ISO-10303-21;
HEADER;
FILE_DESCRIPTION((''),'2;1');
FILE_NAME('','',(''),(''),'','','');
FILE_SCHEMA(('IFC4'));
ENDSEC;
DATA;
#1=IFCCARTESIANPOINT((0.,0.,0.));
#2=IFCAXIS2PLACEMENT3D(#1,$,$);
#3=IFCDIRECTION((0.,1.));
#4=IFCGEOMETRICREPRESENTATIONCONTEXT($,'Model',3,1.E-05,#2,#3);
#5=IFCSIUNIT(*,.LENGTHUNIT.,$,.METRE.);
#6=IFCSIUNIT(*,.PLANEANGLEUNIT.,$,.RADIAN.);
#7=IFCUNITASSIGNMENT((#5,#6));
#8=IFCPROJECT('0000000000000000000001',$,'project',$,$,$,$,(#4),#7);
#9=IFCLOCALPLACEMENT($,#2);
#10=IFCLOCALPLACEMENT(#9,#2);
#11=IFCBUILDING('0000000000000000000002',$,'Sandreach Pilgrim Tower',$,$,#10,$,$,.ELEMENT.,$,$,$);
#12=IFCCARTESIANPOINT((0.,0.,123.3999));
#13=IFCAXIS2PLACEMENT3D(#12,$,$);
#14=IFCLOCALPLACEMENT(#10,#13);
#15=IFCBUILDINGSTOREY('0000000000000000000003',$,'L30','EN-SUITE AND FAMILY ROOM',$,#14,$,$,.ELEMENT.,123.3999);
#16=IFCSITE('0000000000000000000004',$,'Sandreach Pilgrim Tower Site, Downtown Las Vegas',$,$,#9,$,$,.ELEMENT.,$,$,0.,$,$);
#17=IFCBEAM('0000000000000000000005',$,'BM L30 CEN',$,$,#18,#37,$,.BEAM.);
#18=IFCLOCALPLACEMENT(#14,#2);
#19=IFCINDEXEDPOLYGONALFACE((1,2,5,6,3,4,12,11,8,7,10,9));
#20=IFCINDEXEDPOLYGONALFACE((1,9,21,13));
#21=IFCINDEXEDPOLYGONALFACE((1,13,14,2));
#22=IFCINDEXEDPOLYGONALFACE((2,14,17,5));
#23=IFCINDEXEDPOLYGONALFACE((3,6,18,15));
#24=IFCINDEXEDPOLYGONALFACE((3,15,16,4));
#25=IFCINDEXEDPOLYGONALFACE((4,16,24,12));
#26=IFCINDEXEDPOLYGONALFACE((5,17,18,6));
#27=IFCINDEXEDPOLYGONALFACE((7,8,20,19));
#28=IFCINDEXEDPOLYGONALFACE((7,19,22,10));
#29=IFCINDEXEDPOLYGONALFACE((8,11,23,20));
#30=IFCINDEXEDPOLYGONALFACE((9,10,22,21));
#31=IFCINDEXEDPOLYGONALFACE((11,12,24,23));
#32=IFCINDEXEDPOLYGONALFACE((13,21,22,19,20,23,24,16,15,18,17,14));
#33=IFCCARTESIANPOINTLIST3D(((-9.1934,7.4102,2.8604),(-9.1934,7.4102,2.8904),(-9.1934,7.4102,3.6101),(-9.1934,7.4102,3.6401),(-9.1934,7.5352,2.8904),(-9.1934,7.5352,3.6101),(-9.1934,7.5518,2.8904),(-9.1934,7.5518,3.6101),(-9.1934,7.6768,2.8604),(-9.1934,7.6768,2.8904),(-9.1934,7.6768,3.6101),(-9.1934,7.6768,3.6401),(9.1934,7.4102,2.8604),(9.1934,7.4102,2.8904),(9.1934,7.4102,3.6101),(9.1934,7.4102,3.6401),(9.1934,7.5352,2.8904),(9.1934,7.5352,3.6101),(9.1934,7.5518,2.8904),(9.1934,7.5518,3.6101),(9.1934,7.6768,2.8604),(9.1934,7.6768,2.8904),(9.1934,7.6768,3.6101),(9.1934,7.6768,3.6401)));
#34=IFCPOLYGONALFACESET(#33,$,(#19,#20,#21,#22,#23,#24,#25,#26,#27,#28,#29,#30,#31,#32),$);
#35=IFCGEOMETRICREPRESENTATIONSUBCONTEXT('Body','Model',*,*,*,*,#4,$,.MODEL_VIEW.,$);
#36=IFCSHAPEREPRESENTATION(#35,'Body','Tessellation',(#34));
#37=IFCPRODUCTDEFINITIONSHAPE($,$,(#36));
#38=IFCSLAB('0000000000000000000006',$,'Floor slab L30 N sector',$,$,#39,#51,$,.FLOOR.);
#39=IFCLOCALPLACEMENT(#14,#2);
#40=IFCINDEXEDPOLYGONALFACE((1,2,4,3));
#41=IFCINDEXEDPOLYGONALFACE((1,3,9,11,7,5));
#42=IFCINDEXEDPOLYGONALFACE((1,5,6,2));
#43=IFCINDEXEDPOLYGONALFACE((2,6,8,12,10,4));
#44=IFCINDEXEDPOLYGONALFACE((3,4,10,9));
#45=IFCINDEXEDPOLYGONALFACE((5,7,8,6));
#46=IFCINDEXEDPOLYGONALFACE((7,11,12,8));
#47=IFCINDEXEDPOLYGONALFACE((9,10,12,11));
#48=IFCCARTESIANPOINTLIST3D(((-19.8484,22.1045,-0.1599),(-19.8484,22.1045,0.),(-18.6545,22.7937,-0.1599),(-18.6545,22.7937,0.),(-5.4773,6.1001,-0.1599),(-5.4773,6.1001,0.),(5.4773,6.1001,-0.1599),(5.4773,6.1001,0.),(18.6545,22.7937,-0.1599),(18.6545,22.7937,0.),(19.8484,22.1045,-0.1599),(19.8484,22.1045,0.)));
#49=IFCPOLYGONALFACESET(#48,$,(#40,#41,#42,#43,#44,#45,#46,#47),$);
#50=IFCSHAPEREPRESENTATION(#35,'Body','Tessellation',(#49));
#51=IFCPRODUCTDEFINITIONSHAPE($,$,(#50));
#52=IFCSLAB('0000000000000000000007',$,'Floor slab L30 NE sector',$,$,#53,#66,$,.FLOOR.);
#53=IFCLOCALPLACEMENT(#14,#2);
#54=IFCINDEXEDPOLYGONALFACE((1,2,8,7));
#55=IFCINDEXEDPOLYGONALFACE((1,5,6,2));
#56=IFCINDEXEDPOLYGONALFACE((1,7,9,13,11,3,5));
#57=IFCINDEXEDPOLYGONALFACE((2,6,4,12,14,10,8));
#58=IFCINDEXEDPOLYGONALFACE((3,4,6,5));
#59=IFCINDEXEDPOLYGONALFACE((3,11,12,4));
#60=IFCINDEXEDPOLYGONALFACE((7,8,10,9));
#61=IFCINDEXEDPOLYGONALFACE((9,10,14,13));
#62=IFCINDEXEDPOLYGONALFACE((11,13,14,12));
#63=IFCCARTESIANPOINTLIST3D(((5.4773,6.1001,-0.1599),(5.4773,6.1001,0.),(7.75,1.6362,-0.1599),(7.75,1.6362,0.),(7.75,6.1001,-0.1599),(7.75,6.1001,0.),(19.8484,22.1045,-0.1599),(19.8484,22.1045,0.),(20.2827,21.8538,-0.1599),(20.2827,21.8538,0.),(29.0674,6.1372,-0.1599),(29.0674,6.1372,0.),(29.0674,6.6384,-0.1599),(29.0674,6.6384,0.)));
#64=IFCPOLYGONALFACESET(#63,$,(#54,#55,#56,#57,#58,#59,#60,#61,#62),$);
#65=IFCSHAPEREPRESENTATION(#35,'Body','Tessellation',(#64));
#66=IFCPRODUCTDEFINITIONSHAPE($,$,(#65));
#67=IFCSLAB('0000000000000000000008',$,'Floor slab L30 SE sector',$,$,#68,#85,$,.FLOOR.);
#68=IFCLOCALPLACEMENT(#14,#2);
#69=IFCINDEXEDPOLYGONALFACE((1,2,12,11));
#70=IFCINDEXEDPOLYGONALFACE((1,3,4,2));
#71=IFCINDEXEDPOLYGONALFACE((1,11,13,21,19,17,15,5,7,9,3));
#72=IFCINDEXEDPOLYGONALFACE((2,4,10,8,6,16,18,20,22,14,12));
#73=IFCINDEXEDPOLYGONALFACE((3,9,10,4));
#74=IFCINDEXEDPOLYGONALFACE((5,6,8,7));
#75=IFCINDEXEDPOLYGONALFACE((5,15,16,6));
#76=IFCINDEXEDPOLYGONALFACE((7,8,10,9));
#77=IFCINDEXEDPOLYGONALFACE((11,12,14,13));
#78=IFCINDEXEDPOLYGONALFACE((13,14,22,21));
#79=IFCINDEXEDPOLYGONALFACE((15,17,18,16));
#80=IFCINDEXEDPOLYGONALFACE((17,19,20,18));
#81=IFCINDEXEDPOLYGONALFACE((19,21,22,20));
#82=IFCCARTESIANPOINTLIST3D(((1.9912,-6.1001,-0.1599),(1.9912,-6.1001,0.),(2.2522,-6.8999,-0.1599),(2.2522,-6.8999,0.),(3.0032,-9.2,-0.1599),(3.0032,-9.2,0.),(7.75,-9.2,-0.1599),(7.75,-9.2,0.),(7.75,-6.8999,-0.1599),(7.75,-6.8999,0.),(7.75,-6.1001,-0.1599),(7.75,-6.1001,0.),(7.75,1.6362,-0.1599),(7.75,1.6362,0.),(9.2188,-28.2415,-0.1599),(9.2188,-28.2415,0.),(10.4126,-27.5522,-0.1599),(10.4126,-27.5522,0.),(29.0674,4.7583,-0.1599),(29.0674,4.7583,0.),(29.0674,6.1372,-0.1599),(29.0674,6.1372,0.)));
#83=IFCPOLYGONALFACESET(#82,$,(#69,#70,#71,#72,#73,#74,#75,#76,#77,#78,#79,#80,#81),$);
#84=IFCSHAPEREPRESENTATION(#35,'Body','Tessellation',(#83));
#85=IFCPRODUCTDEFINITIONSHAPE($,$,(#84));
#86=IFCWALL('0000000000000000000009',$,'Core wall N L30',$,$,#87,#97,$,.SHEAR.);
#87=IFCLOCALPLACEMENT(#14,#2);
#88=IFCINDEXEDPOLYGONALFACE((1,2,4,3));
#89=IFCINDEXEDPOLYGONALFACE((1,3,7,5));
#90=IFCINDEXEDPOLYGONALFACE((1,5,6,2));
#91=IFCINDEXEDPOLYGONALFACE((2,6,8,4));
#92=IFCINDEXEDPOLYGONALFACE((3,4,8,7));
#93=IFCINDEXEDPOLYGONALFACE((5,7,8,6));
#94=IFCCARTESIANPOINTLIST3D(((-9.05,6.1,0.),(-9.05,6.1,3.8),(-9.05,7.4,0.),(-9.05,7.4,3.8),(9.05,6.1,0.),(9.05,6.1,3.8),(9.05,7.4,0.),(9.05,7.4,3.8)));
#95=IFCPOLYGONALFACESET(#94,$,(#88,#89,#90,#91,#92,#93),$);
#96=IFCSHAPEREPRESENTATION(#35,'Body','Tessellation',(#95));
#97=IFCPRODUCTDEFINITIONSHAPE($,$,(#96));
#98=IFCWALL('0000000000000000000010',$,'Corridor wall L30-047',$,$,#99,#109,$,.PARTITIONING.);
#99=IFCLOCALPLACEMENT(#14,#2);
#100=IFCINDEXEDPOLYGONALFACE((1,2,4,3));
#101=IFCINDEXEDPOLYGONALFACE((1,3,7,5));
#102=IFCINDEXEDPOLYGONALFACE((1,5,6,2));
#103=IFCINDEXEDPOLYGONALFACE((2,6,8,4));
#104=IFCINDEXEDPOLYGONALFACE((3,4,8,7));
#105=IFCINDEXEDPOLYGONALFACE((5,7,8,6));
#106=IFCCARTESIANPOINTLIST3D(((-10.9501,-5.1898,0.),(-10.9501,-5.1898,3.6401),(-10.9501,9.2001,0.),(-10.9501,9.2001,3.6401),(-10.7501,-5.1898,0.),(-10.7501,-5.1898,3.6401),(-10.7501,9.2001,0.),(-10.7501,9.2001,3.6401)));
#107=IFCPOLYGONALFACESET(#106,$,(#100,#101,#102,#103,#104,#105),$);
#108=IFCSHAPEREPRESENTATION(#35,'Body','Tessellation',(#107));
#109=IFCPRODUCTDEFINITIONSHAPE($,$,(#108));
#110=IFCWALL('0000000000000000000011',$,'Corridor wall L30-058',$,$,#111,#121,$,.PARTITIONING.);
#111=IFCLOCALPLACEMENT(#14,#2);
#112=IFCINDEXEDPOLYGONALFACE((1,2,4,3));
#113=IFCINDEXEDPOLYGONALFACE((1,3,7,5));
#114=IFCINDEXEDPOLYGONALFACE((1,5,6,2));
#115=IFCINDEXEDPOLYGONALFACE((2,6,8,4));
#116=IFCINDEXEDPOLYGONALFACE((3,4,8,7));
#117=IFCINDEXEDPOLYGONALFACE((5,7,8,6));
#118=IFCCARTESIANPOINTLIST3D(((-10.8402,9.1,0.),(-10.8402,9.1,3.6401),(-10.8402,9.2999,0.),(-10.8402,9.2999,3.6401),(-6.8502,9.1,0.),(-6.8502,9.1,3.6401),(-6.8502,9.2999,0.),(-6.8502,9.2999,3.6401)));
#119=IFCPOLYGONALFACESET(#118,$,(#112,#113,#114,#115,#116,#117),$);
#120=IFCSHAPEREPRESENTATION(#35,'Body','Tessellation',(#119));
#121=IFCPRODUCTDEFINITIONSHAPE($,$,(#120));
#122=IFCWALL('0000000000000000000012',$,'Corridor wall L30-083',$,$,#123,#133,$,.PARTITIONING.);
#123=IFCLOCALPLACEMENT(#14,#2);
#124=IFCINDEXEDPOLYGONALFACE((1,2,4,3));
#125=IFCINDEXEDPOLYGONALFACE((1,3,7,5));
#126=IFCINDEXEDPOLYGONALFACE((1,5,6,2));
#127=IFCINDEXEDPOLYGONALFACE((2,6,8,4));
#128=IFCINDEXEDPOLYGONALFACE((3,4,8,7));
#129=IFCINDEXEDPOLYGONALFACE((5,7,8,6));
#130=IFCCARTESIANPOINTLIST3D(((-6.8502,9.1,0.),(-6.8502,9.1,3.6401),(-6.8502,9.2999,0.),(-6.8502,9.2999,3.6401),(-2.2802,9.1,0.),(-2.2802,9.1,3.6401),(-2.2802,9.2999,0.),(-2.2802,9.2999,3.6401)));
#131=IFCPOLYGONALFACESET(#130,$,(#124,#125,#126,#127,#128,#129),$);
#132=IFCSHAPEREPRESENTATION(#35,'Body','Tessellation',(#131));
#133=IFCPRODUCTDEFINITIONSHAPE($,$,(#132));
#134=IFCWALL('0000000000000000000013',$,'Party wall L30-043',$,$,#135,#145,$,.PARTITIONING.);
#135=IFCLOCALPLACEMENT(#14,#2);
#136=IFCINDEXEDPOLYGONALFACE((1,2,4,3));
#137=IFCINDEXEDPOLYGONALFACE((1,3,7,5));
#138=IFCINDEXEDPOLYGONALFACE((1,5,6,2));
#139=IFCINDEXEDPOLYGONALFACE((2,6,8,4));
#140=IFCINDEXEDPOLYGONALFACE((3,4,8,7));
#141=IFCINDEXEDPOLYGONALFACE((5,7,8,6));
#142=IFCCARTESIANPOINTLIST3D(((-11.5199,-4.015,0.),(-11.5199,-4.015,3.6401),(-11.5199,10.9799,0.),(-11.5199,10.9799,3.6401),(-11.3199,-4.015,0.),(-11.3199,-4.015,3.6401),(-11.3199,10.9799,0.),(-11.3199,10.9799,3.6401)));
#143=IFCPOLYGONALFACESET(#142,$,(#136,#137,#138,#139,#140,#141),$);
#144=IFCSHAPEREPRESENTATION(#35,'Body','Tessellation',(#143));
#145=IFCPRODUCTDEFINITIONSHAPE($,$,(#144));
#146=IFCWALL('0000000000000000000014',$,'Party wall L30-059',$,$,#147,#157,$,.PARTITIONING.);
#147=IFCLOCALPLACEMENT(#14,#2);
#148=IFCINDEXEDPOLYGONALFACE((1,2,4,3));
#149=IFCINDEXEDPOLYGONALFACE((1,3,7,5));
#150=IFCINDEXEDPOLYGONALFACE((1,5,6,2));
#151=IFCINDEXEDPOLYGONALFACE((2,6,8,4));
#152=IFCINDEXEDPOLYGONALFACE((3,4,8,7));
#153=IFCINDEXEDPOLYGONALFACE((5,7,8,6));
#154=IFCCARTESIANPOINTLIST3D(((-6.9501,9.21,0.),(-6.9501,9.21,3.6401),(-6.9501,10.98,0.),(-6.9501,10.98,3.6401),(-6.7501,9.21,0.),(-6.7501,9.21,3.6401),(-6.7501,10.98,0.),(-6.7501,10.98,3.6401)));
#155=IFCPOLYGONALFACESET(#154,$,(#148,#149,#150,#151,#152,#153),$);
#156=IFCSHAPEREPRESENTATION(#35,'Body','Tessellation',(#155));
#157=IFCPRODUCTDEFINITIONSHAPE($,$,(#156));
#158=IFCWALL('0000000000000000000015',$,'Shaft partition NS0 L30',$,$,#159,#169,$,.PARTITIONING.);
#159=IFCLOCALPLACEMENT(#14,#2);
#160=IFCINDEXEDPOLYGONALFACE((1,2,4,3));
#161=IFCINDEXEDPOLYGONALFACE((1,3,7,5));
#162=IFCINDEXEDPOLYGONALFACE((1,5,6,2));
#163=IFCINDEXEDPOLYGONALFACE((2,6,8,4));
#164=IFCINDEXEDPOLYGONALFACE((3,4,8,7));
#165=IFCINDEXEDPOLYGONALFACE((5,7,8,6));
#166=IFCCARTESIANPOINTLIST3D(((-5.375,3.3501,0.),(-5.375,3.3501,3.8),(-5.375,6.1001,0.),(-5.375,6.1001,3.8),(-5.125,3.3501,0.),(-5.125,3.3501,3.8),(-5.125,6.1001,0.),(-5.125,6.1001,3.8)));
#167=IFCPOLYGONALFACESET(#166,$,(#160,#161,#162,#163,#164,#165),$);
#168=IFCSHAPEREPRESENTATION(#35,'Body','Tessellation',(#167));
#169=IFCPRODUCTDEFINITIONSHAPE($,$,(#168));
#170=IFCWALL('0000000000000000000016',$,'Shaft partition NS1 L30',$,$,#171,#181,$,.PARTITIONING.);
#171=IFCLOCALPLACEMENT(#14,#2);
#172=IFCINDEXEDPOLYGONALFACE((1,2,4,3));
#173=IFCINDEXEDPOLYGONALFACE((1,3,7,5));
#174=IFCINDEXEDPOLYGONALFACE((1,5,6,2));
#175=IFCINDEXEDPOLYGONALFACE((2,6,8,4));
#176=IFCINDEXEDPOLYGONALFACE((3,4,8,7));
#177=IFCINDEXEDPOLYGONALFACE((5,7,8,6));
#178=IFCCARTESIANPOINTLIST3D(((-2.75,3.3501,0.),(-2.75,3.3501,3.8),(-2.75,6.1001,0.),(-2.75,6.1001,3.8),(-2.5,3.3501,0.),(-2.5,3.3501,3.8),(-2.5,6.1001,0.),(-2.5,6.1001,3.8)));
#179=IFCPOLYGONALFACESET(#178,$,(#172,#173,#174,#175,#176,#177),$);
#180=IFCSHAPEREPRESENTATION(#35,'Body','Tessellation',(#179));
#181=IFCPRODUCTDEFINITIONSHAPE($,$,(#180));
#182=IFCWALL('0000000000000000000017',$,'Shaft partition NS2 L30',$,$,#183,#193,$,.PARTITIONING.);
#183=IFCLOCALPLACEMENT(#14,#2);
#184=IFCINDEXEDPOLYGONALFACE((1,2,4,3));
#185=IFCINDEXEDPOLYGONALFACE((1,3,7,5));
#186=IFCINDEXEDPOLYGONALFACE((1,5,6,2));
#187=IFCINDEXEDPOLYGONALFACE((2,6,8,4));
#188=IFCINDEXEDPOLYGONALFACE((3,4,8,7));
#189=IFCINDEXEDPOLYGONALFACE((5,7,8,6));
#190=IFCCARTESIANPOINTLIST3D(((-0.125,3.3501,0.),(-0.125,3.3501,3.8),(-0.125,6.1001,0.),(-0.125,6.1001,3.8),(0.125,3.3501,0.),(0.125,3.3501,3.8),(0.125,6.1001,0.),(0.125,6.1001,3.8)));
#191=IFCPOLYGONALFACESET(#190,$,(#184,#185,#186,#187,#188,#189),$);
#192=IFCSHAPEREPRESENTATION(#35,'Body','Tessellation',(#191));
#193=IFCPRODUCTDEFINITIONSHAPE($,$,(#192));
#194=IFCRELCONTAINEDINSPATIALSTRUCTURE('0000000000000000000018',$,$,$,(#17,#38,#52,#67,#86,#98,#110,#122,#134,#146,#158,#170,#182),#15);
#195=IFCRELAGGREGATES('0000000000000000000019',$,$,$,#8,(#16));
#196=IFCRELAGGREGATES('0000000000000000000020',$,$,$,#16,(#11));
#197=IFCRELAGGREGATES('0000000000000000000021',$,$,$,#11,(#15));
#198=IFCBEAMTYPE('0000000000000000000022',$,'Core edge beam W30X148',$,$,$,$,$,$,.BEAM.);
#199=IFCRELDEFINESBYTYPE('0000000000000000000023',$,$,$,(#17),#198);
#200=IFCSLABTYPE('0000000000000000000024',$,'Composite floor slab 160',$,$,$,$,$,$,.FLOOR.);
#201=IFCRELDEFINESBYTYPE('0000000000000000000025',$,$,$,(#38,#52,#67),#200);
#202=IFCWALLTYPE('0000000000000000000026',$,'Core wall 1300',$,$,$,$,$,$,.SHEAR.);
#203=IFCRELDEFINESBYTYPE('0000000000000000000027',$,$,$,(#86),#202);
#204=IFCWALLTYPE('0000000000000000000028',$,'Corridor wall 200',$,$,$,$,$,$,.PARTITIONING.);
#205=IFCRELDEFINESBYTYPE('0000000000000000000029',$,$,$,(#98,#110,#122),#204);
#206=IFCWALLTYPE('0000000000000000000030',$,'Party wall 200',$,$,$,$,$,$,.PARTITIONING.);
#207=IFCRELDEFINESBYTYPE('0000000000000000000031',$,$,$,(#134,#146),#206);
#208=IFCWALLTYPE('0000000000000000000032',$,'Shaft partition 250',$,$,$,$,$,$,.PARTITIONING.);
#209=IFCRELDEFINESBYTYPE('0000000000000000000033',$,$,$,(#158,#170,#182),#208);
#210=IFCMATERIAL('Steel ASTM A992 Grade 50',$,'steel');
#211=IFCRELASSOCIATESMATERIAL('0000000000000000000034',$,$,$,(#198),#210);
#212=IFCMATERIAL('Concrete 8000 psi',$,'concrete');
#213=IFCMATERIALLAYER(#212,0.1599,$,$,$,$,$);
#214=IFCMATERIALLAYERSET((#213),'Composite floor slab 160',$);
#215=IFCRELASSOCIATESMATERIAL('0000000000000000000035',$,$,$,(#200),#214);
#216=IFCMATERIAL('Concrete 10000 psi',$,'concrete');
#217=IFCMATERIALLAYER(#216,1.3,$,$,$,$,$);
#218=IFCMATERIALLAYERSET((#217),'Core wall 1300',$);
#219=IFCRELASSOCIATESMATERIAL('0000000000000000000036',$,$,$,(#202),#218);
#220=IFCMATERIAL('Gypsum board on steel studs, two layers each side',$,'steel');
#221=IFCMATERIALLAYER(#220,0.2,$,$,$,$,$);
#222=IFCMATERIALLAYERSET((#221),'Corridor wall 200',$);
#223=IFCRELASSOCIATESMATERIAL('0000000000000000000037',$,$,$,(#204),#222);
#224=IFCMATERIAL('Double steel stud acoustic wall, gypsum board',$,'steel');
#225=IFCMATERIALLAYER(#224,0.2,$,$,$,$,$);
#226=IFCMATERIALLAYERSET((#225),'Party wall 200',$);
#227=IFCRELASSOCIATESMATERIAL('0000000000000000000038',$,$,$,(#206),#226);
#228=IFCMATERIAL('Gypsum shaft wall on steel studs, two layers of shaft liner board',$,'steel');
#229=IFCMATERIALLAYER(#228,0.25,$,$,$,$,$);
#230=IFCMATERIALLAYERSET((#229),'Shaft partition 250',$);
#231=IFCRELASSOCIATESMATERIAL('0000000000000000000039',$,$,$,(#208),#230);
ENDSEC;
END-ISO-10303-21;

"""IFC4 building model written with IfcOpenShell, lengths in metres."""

from ifc_helpers import new_model, si_unit, direction, frame, frame_2d, origin, origin_2d, place, context, subcontext, project, spatial, polyline, rectangle, i_section, outline, extrude, material, layer, layer_set, material_profile, profile_set, type_object, element, save


model = new_model("IFC4")

# Units and contexts
model_context = context("Model", 3, precision=1e-05, world=origin(), true_north=direction((0.0, 1.0)))
body_context = subcontext(model_context, "Body", "Model", "MODEL_VIEW")
ifc_project = project(units=[si_unit("LENGTHUNIT", "METRE"), si_unit("PLANEANGLEUNIT", "RADIAN")], contexts=[model_context])

# Site, building, storey
site_placement = place(None, origin())
site = spatial("IfcSite", under=ifc_project, at=site_placement, Name="Sandreach Pilgrim Tower Site, Downtown Las Vegas", CompositionType="ELEMENT", RefElevation=0.0)
building_placement = place(site_placement, origin())
building = spatial("IfcBuilding", under=site, at=building_placement, Name="Sandreach Pilgrim Tower", CompositionType="ELEMENT")
storey_placement = place(building_placement, frame((0.0, 0.0, 123.3999)))
storey = spatial("IfcBuildingStorey", under=building, at=storey_placement, Name="L30", Description="EN-SUITE AND FAMILY ROOM", CompositionType="ELEMENT", Elevation=123.3999)

# Beam
ifc_material_1 = material(Name="Steel ASTM A992 Grade 50", Category="steel")
ifc_material_profile = material_profile(ifc_material_1, i_section(OverallWidth=0.2666, OverallDepth=0.7798, WebThickness=0.0166, FlangeThickness=0.03, at=origin_2d()), Name="W30X148")
ifc_profile_set = profile_set([ifc_material_profile], Name="Steel ASTM A992 Grade 50")
beam_type = type_object("IfcBeamType", Name="Core edge beam W30X148", PredefinedType="BEAM", material=ifc_profile_set)
beam_placement = place(storey_placement, frame((-9.1934, 7.5435, 3.2502), z_axis=(1.0, 0.0, 0.0), x_axis=(0.0, 1.0, 0.0)))
element("IfcBeam", 1, at=beam_placement, inside=storey, type_object=beam_type, Name="BM L30 CEN", PredefinedType="BEAM", context=body_context, shape_type="SweptSolid", body=[
    extrude(i_section(OverallWidth=0.2666, OverallDepth=0.7798, WebThickness=0.0166, FlangeThickness=0.03, at=origin_2d()), origin(), (0.0, 0.0, 1.0), 18.3867),
])

# Slabs
ifc_material_2 = material(Name="Concrete 8000 psi", Category="concrete")
ifc_layer_1 = layer(ifc_material_2, 0.1599)
ifc_layer_set_1 = layer_set([ifc_layer_1], Name="Composite floor slab 160")
slab_type = type_object("IfcSlabType", Name="Composite floor slab 160", PredefinedType="FLOOR", material=ifc_layer_set_1)
slab_1_placement = place(storey_placement, frame((0.0, 0.0, -0.1599)))
element("IfcSlab", 2, at=slab_1_placement, inside=storey, type_object=slab_type, Name="Floor slab L30 N sector", PredefinedType="FLOOR", context=body_context, shape_type="SweptSolid", body=[
    extrude(outline(polyline([(-18.6545, 22.7937), (18.6545, 22.7937), (19.8484, 22.1045), (5.4773, 6.1001), (-5.4773, 6.1001), (-19.8484, 22.1045), (-18.6545, 22.7937)])), origin(), (0.0, 0.0, 1.0), 0.1599),
])
slab_2_placement = place(storey_placement, frame((0.0, 0.0, -0.1599)))
element("IfcSlab", 3, at=slab_2_placement, inside=storey, type_object=slab_type, Name="Floor slab L30 NE sector", PredefinedType="FLOOR", context=body_context, shape_type="SweptSolid", body=[
    extrude(outline(polyline([(20.2827, 21.8538), (29.0674, 6.6384), (29.0674, 6.1372), (7.75, 1.6362), (7.75, 6.1001), (5.4773, 6.1001), (19.8484, 22.1045), (20.2827, 21.8538)])), origin(), (0.0, 0.0, 1.0), 0.1599),
])
slab_3_placement = place(storey_placement, frame((0.0, 0.0, -0.1599)))
element("IfcSlab", 4, at=slab_3_placement, inside=storey, type_object=slab_type, Name="Floor slab L30 SE sector", PredefinedType="FLOOR", context=body_context, shape_type="SweptSolid", body=[
    extrude(outline(polyline([(29.0674, 4.7583), (10.4126, -27.5522), (9.2188, -28.2415), (3.0032, -9.2), (7.75, -9.2), (7.75, -6.8999), (2.2522, -6.8999), (1.9912, -6.1001), (7.75, -6.1001), (7.75, 1.6362), (29.0674, 6.1372), (29.0674, 4.7583)])), origin(), (0.0, 0.0, 1.0), 0.1599),
])

# Walls
ifc_material_3 = material(Name="Concrete 10000 psi", Category="concrete")
ifc_layer_2 = layer(ifc_material_3, 1.3)
ifc_layer_set_2 = layer_set([ifc_layer_2], Name="Core wall 1300")
wall_type_1 = type_object("IfcWallType", Name="Core wall 1300", PredefinedType="SHEAR", material=ifc_layer_set_2)
wall_1_placement = place(storey_placement, frame((-9.05, 6.75, 0.0), z_axis=(0.0, 0.0, 1.0), x_axis=(1.0, 0.0, 0.0)))
element("IfcWall", 5, at=wall_1_placement, inside=storey, type_object=wall_type_1, Name="Core wall N L30", PredefinedType="SHEAR", context=body_context, shape_type="SweptSolid", body=[
    extrude(rectangle(XDim=18.1001, YDim=1.3, at=frame_2d((9.05, 0.0))), origin(), (0.0, 0.0, 1.0), 3.8),
])
ifc_material_4 = material(Name="Gypsum board on steel studs, two layers each side", Category="steel")
ifc_layer_3 = layer(ifc_material_4, 0.2)
ifc_layer_set_3 = layer_set([ifc_layer_3], Name="Corridor wall 200")
wall_type_2 = type_object("IfcWallType", Name="Corridor wall 200", PredefinedType="PARTITIONING", material=ifc_layer_set_3)
wall_2_placement = place(storey_placement, frame((-10.8501, 9.2, 0.0), z_axis=(0.0, 0.0, 1.0), x_axis=(0.0, -1.0, 0.0)))
element("IfcWall", 6, at=wall_2_placement, inside=storey, type_object=wall_type_2, Name="Corridor wall L30-047", PredefinedType="PARTITIONING", context=body_context, shape_type="SweptSolid", body=[
    extrude(rectangle(XDim=14.3899, YDim=0.2, at=frame_2d((7.1948, 0.0))), origin(), (0.0, 0.0, 1.0), 3.6401),
])
wall_3_placement = place(storey_placement, frame((-6.8501, 9.2, 0.0), z_axis=(0.0, 0.0, 1.0), x_axis=(-1.0, 0.0, 0.0)))
element("IfcWall", 7, at=wall_3_placement, inside=storey, type_object=wall_type_2, Name="Corridor wall L30-058", PredefinedType="PARTITIONING", context=body_context, shape_type="SweptSolid", body=[
    extrude(rectangle(XDim=3.99, YDim=0.2, at=frame_2d((1.9951, 0.0))), origin(), (0.0, 0.0, 1.0), 3.6401),
])
wall_4_placement = place(storey_placement, frame((-2.28, 9.2, 0.0), z_axis=(0.0, 0.0, 1.0), x_axis=(-1.0, 0.0, 0.0)))
element("IfcWall", 8, at=wall_4_placement, inside=storey, type_object=wall_type_2, Name="Corridor wall L30-083", PredefinedType="PARTITIONING", context=body_context, shape_type="SweptSolid", body=[
    extrude(rectangle(XDim=4.5701, YDim=0.2, at=frame_2d((2.2852, 0.0))), origin(), (0.0, 0.0, 1.0), 3.6401),
])
ifc_material_5 = material(Name="Double steel stud acoustic wall, gypsum board", Category="steel")
ifc_layer_4 = layer(ifc_material_5, 0.2)
ifc_layer_set_4 = layer_set([ifc_layer_4], Name="Party wall 200")
wall_type_3 = type_object("IfcWallType", Name="Party wall 200", PredefinedType="PARTITIONING", material=ifc_layer_set_4)
wall_5_placement = place(storey_placement, frame((-11.4199, 10.98, 0.0), z_axis=(0.0, 0.0, 1.0), x_axis=(0.0, -1.0, 0.0)))
element("IfcWall", 9, at=wall_5_placement, inside=storey, type_object=wall_type_3, Name="Party wall L30-043", PredefinedType="PARTITIONING", context=body_context, shape_type="SweptSolid", body=[
    extrude(rectangle(XDim=14.9949, YDim=0.2, at=frame_2d((7.4976, 0.0))), origin(), (0.0, 0.0, 1.0), 3.6401),
])
wall_6_placement = place(storey_placement, frame((-6.8501, 10.98, 0.0), z_axis=(0.0, 0.0, 1.0), x_axis=(0.0, -1.0, 0.0)))
element("IfcWall", 10, at=wall_6_placement, inside=storey, type_object=wall_type_3, Name="Party wall L30-059", PredefinedType="PARTITIONING", context=body_context, shape_type="SweptSolid", body=[
    extrude(rectangle(XDim=1.77, YDim=0.2, at=frame_2d((0.885, 0.0))), origin(), (0.0, 0.0, 1.0), 3.6401),
])
ifc_material_6 = material(Name="Gypsum shaft wall on steel studs, two layers of shaft liner board", Category="steel")
ifc_layer_5 = layer(ifc_material_6, 0.25)
ifc_layer_set_5 = layer_set([ifc_layer_5], Name="Shaft partition 250")
wall_type_4 = type_object("IfcWallType", Name="Shaft partition 250", PredefinedType="PARTITIONING", material=ifc_layer_set_5)
for number, where, z_axis, x_axis, name in (
    (11, (-5.25, 3.3501, 0.0), (0.0, 0.0, 1.0), (0.0, 1.0, 0.0), "Shaft partition NS0 L30"),
    (12, (-2.625, 3.3501, 0.0), (0.0, 0.0, 1.0), (0.0, 1.0, 0.0), "Shaft partition NS1 L30"),
    (13, (0.0, 3.3501, 0.0), (0.0, 0.0, 1.0), (0.0, 1.0, 0.0), "Shaft partition NS2 L30"),
):
    element("IfcWall", number, at=place(storey_placement, frame(where, z_axis=z_axis, x_axis=x_axis)), inside=storey, type_object=wall_type_4, Name=name, PredefinedType="PARTITIONING", context=body_context, shape_type="SweptSolid", body=[
        extrude(rectangle(XDim=2.75, YDim=0.25, at=frame_2d((1.375, 0.0))), origin(), (0.0, 0.0, 1.0), 3.8),
    ])

save(model, "model.ifc")
